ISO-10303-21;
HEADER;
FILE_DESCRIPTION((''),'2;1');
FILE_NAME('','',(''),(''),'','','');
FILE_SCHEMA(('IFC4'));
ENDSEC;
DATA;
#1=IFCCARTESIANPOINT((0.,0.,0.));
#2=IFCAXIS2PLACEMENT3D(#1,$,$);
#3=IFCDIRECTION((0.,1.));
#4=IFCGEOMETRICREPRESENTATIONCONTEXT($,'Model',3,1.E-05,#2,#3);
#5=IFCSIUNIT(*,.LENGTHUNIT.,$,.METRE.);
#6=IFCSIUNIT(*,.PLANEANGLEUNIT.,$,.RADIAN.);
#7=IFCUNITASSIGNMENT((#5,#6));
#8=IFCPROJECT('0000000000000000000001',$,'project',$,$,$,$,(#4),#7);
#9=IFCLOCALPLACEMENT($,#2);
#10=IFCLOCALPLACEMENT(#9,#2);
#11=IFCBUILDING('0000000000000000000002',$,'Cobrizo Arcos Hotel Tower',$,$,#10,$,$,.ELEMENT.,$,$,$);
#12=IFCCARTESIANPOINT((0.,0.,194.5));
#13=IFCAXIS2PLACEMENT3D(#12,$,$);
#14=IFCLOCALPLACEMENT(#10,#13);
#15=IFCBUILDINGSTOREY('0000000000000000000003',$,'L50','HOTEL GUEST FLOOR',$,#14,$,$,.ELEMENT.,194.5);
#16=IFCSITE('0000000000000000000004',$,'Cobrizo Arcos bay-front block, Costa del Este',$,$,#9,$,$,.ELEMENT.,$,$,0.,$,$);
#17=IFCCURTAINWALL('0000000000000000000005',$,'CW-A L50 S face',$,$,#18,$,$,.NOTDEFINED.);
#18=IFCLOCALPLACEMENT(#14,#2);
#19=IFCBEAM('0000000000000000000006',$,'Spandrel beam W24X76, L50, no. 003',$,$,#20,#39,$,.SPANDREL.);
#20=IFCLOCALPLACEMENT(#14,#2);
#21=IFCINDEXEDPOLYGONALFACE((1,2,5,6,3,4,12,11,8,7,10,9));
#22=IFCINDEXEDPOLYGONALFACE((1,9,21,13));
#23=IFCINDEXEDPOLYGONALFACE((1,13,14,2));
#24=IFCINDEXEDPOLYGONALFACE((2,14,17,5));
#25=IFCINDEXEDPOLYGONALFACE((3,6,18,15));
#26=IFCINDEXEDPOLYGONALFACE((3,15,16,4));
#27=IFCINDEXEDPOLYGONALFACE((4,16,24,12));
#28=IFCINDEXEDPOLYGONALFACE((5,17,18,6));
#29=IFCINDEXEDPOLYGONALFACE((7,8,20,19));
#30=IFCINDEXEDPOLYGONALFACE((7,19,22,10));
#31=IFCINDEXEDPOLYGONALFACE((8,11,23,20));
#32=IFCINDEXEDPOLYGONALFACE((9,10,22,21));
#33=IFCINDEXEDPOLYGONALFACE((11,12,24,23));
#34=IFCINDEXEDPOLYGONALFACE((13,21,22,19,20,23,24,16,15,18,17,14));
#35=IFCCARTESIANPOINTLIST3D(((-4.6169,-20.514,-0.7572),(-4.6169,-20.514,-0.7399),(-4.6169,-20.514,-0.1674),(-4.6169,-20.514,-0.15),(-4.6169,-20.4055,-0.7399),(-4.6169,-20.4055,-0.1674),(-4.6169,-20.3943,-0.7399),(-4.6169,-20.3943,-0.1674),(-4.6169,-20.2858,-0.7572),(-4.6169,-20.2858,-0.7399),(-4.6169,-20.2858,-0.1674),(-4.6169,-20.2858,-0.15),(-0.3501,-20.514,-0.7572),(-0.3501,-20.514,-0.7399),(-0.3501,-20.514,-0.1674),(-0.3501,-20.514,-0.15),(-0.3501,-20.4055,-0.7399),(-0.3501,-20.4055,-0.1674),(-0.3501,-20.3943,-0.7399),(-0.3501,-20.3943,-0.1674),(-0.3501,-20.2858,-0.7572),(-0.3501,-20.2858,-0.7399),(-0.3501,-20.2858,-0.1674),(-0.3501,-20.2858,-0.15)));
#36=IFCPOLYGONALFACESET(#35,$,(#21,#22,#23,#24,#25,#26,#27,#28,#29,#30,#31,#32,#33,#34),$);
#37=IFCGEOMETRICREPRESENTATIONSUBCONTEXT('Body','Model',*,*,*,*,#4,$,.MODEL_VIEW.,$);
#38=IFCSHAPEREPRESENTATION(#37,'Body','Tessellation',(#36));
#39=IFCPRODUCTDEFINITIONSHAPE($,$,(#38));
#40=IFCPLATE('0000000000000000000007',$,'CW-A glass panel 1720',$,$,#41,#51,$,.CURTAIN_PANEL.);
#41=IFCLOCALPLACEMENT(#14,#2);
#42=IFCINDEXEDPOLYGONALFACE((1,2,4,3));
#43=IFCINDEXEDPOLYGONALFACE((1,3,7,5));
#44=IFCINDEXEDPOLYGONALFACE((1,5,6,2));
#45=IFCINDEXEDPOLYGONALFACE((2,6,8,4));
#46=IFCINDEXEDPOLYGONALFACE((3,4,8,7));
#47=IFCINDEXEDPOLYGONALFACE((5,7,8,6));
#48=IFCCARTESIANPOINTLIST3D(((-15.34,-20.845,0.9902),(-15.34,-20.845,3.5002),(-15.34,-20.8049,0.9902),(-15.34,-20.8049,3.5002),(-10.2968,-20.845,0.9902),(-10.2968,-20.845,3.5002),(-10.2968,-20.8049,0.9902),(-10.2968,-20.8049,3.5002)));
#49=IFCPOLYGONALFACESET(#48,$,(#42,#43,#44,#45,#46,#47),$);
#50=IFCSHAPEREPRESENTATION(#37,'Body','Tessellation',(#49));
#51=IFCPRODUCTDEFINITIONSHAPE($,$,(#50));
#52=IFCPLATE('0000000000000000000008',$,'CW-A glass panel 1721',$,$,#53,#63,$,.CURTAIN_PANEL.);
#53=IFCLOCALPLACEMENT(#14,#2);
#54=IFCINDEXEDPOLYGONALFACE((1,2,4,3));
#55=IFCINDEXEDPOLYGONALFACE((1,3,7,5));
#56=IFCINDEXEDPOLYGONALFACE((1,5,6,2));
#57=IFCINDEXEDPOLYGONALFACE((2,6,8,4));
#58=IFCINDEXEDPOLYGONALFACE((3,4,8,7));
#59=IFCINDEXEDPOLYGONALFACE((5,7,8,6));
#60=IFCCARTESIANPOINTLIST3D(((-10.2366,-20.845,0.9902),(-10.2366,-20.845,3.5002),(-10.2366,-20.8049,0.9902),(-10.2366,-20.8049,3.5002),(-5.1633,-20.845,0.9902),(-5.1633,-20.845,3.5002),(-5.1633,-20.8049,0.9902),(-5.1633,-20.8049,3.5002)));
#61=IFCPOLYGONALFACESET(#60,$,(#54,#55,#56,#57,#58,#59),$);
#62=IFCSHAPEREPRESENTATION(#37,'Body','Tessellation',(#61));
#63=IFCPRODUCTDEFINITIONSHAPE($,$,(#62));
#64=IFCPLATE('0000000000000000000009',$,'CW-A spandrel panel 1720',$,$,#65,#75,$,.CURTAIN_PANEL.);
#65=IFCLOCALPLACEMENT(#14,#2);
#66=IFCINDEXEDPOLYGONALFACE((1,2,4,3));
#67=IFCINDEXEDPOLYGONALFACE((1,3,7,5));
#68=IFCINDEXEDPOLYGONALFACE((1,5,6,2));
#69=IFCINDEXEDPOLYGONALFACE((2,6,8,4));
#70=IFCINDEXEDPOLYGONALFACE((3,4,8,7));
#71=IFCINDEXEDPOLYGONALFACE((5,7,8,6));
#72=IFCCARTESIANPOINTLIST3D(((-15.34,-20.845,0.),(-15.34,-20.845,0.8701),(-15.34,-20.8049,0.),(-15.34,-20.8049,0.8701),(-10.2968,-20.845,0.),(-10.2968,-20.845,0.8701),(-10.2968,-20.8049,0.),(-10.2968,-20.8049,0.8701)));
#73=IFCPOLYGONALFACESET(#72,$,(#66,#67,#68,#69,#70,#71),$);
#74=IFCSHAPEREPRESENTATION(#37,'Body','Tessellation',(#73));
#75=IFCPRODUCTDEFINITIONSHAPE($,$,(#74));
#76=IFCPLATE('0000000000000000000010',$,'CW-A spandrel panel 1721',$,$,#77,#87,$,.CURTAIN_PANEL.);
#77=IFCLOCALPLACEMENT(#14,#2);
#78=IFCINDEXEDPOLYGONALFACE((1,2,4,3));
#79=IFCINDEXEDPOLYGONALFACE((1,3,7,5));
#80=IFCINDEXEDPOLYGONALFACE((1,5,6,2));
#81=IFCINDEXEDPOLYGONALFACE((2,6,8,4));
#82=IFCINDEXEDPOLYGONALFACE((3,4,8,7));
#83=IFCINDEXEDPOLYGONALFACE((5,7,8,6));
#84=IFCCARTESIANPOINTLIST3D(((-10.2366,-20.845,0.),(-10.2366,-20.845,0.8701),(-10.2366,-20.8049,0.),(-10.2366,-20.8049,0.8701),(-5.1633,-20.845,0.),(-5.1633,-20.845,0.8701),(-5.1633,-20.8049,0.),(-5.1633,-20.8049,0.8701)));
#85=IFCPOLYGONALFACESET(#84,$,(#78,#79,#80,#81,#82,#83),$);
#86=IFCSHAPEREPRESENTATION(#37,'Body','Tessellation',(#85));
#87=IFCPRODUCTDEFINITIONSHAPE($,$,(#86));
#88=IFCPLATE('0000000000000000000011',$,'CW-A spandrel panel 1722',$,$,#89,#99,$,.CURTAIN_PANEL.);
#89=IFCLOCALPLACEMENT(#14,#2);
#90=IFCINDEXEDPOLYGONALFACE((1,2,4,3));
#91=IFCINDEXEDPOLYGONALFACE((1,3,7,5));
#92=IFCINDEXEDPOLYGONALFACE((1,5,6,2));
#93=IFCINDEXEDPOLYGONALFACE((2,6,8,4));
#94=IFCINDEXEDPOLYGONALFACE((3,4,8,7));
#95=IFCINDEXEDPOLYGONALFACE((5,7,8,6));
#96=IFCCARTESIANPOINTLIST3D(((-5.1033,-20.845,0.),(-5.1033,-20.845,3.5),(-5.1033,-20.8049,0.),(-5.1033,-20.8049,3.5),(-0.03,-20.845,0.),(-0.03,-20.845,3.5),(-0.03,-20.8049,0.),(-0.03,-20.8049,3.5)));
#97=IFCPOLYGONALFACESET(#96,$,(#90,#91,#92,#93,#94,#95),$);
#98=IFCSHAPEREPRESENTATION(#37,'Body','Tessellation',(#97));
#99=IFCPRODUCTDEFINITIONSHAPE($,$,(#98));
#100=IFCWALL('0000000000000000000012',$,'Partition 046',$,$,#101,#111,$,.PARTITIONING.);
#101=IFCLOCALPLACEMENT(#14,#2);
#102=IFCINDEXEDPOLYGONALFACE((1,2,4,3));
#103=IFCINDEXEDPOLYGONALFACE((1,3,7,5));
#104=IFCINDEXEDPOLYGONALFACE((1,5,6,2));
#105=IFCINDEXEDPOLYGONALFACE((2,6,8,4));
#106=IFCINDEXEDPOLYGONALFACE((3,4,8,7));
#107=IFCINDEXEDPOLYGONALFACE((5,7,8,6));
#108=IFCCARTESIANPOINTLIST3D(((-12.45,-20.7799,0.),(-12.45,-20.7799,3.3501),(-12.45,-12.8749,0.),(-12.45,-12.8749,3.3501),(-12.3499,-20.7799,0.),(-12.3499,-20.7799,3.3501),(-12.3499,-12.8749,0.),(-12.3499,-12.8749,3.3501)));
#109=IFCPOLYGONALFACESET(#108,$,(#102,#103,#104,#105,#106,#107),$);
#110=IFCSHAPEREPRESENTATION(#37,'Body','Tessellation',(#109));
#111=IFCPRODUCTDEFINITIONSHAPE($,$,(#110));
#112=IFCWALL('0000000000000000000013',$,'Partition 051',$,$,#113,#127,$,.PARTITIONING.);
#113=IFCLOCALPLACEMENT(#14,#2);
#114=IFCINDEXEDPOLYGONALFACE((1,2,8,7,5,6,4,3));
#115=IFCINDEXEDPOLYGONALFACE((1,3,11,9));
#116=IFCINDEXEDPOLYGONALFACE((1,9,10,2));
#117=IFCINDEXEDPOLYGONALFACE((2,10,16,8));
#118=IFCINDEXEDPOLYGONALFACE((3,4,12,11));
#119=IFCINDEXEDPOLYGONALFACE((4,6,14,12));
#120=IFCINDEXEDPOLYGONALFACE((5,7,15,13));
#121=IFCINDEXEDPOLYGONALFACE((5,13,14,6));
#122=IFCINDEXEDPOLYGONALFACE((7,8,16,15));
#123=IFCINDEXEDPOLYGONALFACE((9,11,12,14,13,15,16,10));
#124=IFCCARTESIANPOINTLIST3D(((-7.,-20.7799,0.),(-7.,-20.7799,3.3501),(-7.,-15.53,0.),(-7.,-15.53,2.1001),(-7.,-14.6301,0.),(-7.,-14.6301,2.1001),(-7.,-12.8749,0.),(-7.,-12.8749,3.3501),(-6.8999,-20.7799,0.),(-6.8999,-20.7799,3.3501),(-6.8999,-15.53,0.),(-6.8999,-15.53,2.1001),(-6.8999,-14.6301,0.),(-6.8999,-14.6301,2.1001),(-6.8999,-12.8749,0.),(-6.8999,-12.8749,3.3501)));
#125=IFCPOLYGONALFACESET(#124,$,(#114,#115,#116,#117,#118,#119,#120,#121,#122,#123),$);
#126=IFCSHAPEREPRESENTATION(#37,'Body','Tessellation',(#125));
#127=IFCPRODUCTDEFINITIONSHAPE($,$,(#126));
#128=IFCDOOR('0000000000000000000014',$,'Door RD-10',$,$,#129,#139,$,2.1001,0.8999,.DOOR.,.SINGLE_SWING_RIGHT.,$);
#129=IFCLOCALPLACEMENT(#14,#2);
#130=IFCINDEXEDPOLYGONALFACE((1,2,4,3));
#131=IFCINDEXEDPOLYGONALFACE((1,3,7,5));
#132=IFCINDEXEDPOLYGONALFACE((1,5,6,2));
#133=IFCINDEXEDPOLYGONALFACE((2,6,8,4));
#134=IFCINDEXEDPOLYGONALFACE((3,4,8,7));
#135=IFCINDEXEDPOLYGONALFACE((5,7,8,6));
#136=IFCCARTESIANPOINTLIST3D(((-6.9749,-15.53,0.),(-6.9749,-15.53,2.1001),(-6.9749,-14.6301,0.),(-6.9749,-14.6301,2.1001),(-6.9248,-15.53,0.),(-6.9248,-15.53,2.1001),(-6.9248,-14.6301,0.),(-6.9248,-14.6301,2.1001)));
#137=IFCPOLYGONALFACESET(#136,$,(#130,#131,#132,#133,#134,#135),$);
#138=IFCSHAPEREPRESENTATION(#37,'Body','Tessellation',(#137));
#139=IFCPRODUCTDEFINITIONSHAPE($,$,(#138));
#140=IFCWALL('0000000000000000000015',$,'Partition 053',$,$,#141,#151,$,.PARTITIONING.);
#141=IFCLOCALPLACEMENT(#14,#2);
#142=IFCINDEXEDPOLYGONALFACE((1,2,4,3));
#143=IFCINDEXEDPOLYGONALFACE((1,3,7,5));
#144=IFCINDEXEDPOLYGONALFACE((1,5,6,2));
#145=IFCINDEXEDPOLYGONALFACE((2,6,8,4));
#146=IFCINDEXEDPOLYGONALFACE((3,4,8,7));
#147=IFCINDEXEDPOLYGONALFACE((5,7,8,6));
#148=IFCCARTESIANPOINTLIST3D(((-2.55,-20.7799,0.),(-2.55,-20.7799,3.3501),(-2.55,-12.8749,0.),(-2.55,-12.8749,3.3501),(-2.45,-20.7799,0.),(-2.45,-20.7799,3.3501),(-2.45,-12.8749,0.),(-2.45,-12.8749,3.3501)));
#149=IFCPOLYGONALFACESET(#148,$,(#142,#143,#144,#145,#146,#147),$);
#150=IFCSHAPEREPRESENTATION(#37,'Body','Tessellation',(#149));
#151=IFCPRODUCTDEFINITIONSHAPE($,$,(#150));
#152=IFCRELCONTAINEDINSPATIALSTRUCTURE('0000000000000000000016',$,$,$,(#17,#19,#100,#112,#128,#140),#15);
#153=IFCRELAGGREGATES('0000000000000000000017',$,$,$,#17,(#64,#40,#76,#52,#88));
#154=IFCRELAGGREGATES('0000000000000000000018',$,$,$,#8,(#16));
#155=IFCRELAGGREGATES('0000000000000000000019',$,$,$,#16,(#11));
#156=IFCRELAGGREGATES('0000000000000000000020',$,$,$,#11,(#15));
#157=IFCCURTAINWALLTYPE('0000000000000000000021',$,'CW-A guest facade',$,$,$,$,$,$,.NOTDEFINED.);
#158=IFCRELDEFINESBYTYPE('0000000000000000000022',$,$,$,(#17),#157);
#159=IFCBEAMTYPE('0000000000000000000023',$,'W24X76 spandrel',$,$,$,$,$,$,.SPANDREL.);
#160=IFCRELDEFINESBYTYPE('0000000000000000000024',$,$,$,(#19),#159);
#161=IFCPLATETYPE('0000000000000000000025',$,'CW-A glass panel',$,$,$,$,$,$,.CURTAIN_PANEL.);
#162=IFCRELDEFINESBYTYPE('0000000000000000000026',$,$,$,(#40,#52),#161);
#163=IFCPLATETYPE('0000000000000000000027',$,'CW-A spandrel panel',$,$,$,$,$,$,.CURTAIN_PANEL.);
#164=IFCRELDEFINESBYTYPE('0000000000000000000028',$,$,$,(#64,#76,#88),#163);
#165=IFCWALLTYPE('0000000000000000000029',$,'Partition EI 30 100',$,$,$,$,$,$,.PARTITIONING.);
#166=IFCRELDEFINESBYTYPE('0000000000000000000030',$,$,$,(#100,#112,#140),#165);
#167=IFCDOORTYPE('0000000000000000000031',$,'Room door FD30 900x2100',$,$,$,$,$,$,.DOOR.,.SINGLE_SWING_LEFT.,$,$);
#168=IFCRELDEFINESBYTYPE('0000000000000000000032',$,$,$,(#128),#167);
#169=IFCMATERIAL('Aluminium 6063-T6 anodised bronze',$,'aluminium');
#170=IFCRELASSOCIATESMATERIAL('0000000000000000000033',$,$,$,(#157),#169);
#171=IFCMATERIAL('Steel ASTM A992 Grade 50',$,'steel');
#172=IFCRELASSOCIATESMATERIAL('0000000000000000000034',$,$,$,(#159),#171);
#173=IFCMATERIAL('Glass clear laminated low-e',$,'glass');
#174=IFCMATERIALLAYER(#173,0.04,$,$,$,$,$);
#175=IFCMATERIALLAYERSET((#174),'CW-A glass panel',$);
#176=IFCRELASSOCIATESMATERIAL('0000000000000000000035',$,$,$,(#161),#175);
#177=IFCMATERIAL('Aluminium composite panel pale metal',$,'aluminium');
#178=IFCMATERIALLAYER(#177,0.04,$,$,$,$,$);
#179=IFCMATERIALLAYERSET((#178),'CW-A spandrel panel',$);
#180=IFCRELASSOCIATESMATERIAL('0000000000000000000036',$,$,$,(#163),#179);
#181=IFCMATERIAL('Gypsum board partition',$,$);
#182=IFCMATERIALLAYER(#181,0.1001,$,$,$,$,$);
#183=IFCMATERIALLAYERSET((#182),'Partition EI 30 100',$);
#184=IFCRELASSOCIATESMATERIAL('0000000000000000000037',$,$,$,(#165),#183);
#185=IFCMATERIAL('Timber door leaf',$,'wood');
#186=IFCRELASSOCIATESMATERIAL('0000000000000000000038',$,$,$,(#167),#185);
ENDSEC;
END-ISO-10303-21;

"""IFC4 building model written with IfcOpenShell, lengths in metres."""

from ifc_helpers import new_model, si_unit, direction, frame, frame_2d, origin, origin_2d, place, context, subcontext, project, spatial, rectangle, i_section, extrude, material, layer, layer_set, material_profile, profile_set, type_object, element, fill, aggregate, save


model = new_model("IFC4")

# Units and contexts
model_context = context("Model", 3, precision=1e-05, world=origin(), true_north=direction((0.0, 1.0)))
body_context = subcontext(model_context, "Body", "Model", "MODEL_VIEW")
ifc_project = project(units=[si_unit("LENGTHUNIT", "METRE"), si_unit("PLANEANGLEUNIT", "RADIAN")], contexts=[model_context])

# Site, building, storey
site_placement = place(None, origin())
site = spatial("IfcSite", under=ifc_project, at=site_placement, Name="Cobrizo Arcos bay-front block, Costa del Este", CompositionType="ELEMENT", RefElevation=0.0)
building_placement = place(site_placement, origin())
building = spatial("IfcBuilding", under=site, at=building_placement, Name="Cobrizo Arcos Hotel Tower", CompositionType="ELEMENT")
storey_placement = place(building_placement, frame((0.0, 0.0, 194.5)))
storey = spatial("IfcBuildingStorey", under=building, at=storey_placement, Name="L50", Description="HOTEL GUEST FLOOR", CompositionType="ELEMENT", Elevation=194.5)

# Curtain wall
ifc_material_1 = material(Name="Aluminium 6063-T6 anodised bronze", Category="aluminium")
curtain_wall_type = type_object("IfcCurtainWallType", Name="CW-A guest facade", PredefinedType="NOTDEFINED", material=ifc_material_1)
curtain_wall_placement = place(storey_placement, origin())
curtain_wall = element("IfcCurtainWall", 1, at=curtain_wall_placement, inside=storey, type_object=curtain_wall_type, Name="CW-A L50 S face", PredefinedType="NOTDEFINED")

# Beam
ifc_material_2 = material(Name="Steel ASTM A992 Grade 50", Category="steel")
ifc_material_profile_1 = material_profile(ifc_material_2, i_section(OverallWidth=0.2283, OverallDepth=0.6072, WebThickness=0.0112, FlangeThickness=0.0173, at=origin_2d()), Name="W24X76")
ifc_profile_set_1 = profile_set([ifc_material_profile_1], Name="Steel ASTM A992 Grade 50")
beam_type_1 = type_object("IfcBeamType", Name="W24X76 spandrel", PredefinedType="SPANDREL", material=ifc_profile_set_1)
beam_1_placement = place(storey_placement, frame((-4.6169, -20.3999, -0.4536), z_axis=(1.0, 0.0, 0.0), x_axis=(0.0, 1.0, 0.0)))
element("IfcBeam", 2, at=beam_1_placement, inside=storey, type_object=beam_type_1, Name="Spandrel beam W24X76, L50, no. 003", PredefinedType="SPANDREL", context=body_context, shape_type="SweptSolid", body=[
    extrude(i_section(OverallWidth=0.2283, OverallDepth=0.6072, WebThickness=0.0112, FlangeThickness=0.0173, at=origin_2d()), origin(), (0.0, 0.0, 1.0), 4.2668),
])

# Plates
ifc_material_3 = material(Name="Glass clear laminated low-e", Category="glass")
ifc_layer_1 = layer(ifc_material_3, 0.04)
ifc_layer_set_1 = layer_set([ifc_layer_1], Name="CW-A glass panel")
plate_type_1 = type_object("IfcPlateType", Name="CW-A glass panel", PredefinedType="CURTAIN_PANEL", material=ifc_layer_set_1)
plate_1_placement = place(storey_placement, frame((-12.8184, -20.825, 0.9902), z_axis=(0.0, 0.0, 1.0), x_axis=(1.0, 0.0, 0.0)))
plate_1 = element("IfcPlate", 3, at=plate_1_placement, type_object=plate_type_1, Name="CW-A glass panel 1720", PredefinedType="CURTAIN_PANEL", context=body_context, shape_type="SweptSolid", body=[
    extrude(rectangle(XDim=5.0432, YDim=0.04, at=origin_2d()), origin(), (0.0, 0.0, 1.0), 2.51),
])
plate_2_placement = place(storey_placement, frame((-7.7, -20.825, 0.9902), z_axis=(0.0, 0.0, 1.0), x_axis=(1.0, 0.0, 0.0)))
plate_2 = element("IfcPlate", 4, at=plate_2_placement, type_object=plate_type_1, Name="CW-A glass panel 1721", PredefinedType="CURTAIN_PANEL", context=body_context, shape_type="SweptSolid", body=[
    extrude(rectangle(XDim=5.0732, YDim=0.04, at=origin_2d()), origin(), (0.0, 0.0, 1.0), 2.51),
])
ifc_material_4 = material(Name="Aluminium composite panel pale metal", Category="aluminium")
ifc_layer_2 = layer(ifc_material_4, 0.04)
ifc_layer_set_2 = layer_set([ifc_layer_2], Name="CW-A spandrel panel")
plate_type_2 = type_object("IfcPlateType", Name="CW-A spandrel panel", PredefinedType="CURTAIN_PANEL", material=ifc_layer_set_2)
plate_3_placement = place(storey_placement, frame((-12.8184, -20.825, 0.0), z_axis=(0.0, 0.0, 1.0), x_axis=(1.0, 0.0, 0.0)))
plate_3 = element("IfcPlate", 5, at=plate_3_placement, type_object=plate_type_2, Name="CW-A spandrel panel 1720", PredefinedType="CURTAIN_PANEL", context=body_context, shape_type="SweptSolid", body=[
    extrude(rectangle(XDim=5.0432, YDim=0.04, at=origin_2d()), origin(), (0.0, 0.0, 1.0), 0.8701),
])
plate_4_placement = place(storey_placement, frame((-7.7, -20.825, 0.0), z_axis=(0.0, 0.0, 1.0), x_axis=(1.0, 0.0, 0.0)))
plate_4 = element("IfcPlate", 6, at=plate_4_placement, type_object=plate_type_2, Name="CW-A spandrel panel 1721", PredefinedType="CURTAIN_PANEL", context=body_context, shape_type="SweptSolid", body=[
    extrude(rectangle(XDim=5.0732, YDim=0.04, at=origin_2d()), origin(), (0.0, 0.0, 1.0), 0.8701),
])
plate_5_placement = place(storey_placement, frame((-2.5667, -20.825, 0.0), z_axis=(0.0, 0.0, 1.0), x_axis=(1.0, 0.0, 0.0)))
plate_5 = element("IfcPlate", 7, at=plate_5_placement, type_object=plate_type_2, Name="CW-A spandrel panel 1722", PredefinedType="CURTAIN_PANEL", context=body_context, shape_type="SweptSolid", body=[
    extrude(rectangle(XDim=5.0732, YDim=0.04, at=origin_2d()), origin(), (0.0, 0.0, 1.0), 3.5),
])
aggregate(curtain_wall, [plate_3, plate_1, plate_4, plate_2, plate_5])

# Wall
ifc_material_5 = material(Name="Gypsum board partition")
ifc_layer_3 = layer(ifc_material_5, 0.1001)
ifc_layer_set_3 = layer_set([ifc_layer_3], Name="Partition EI 30 100")
wall_type = type_object("IfcWallType", Name="Partition EI 30 100", PredefinedType="PARTITIONING", material=ifc_layer_set_3)
wall_1_placement = place(storey_placement, frame((-12.3999, -20.78, 0.0), z_axis=(0.0, 0.0, 1.0), x_axis=(0.0, 1.0, 0.0)))
element("IfcWall", 8, at=wall_1_placement, inside=storey, type_object=wall_type, Name="Partition 046", PredefinedType="PARTITIONING", context=body_context, shape_type="SweptSolid", body=[
    extrude(rectangle(XDim=7.905, YDim=0.1001, at=frame_2d((3.9526, 0.0))), origin(), (0.0, 0.0, 1.0), 3.3501),
])

# Wall, opening, door
wall_2_placement = place(storey_placement, frame((-6.95, -20.78, 0.0), z_axis=(0.0, 0.0, 1.0), x_axis=(0.0, 1.0, 0.0)))
wall_2 = element("IfcWall", 9, at=wall_2_placement, inside=storey, type_object=wall_type, Name="Partition 051", PredefinedType="PARTITIONING", context=body_context, shape_type="SweptSolid", body=[
    extrude(rectangle(XDim=7.905, YDim=0.1001, at=frame_2d((3.9526, 0.0))), origin(), (0.0, 0.0, 1.0), 3.3501),
])
opening_placement = place(wall_2_placement, frame((5.25, 0.0, 0.0)))
opening = element("IfcOpeningElement", 10, at=opening_placement, cuts=wall_2, PredefinedType="OPENING", context=body_context, shape_type="SweptSolid", body=[
    extrude(rectangle(XDim=0.8999, YDim=2.1001, at=frame_2d((0.45, 1.05))), frame((0.0, 0.062, 0.0), z_axis=(0.0, -1.0, 0.0), x_axis=(1.0, 0.0, 0.0)), (0.0, 0.0, 1.0), 0.124),
])
ifc_material_6 = material(Name="Timber door leaf", Category="wood")
door_type = type_object("IfcDoorType", Name="Room door FD30 900x2100", OperationType="SINGLE_SWING_LEFT", PredefinedType="DOOR", material=ifc_material_6)
door_placement = place(opening_placement, origin())
door = element("IfcDoor", 11, at=door_placement, inside=storey, type_object=door_type, Name="Door RD-10", OperationType="SINGLE_SWING_RIGHT", OverallHeight=2.1001, OverallWidth=0.8999, PredefinedType="DOOR", context=body_context, shape_type="SweptSolid", body=[
    extrude(rectangle(XDim=0.8999, YDim=2.1001, at=frame_2d((0.45, 1.05))), frame((0.0, 0.0249, 0.0), z_axis=(0.0, -1.0, 0.0), x_axis=(1.0, 0.0, 0.0)), (0.0, 0.0, 1.0), 0.05),
])
fill(opening, door)

# Wall
wall_3_placement = place(storey_placement, frame((-2.5, -20.78, 0.0), z_axis=(0.0, 0.0, 1.0), x_axis=(0.0, 1.0, 0.0)))
element("IfcWall", 12, at=wall_3_placement, inside=storey, type_object=wall_type, Name="Partition 053", PredefinedType="PARTITIONING", context=body_context, shape_type="SweptSolid", body=[
    extrude(rectangle(XDim=7.905, YDim=0.1001, at=frame_2d((3.9526, 0.0))), origin(), (0.0, 0.0, 1.0), 3.3501),
])

save(model, "model.ifc")
